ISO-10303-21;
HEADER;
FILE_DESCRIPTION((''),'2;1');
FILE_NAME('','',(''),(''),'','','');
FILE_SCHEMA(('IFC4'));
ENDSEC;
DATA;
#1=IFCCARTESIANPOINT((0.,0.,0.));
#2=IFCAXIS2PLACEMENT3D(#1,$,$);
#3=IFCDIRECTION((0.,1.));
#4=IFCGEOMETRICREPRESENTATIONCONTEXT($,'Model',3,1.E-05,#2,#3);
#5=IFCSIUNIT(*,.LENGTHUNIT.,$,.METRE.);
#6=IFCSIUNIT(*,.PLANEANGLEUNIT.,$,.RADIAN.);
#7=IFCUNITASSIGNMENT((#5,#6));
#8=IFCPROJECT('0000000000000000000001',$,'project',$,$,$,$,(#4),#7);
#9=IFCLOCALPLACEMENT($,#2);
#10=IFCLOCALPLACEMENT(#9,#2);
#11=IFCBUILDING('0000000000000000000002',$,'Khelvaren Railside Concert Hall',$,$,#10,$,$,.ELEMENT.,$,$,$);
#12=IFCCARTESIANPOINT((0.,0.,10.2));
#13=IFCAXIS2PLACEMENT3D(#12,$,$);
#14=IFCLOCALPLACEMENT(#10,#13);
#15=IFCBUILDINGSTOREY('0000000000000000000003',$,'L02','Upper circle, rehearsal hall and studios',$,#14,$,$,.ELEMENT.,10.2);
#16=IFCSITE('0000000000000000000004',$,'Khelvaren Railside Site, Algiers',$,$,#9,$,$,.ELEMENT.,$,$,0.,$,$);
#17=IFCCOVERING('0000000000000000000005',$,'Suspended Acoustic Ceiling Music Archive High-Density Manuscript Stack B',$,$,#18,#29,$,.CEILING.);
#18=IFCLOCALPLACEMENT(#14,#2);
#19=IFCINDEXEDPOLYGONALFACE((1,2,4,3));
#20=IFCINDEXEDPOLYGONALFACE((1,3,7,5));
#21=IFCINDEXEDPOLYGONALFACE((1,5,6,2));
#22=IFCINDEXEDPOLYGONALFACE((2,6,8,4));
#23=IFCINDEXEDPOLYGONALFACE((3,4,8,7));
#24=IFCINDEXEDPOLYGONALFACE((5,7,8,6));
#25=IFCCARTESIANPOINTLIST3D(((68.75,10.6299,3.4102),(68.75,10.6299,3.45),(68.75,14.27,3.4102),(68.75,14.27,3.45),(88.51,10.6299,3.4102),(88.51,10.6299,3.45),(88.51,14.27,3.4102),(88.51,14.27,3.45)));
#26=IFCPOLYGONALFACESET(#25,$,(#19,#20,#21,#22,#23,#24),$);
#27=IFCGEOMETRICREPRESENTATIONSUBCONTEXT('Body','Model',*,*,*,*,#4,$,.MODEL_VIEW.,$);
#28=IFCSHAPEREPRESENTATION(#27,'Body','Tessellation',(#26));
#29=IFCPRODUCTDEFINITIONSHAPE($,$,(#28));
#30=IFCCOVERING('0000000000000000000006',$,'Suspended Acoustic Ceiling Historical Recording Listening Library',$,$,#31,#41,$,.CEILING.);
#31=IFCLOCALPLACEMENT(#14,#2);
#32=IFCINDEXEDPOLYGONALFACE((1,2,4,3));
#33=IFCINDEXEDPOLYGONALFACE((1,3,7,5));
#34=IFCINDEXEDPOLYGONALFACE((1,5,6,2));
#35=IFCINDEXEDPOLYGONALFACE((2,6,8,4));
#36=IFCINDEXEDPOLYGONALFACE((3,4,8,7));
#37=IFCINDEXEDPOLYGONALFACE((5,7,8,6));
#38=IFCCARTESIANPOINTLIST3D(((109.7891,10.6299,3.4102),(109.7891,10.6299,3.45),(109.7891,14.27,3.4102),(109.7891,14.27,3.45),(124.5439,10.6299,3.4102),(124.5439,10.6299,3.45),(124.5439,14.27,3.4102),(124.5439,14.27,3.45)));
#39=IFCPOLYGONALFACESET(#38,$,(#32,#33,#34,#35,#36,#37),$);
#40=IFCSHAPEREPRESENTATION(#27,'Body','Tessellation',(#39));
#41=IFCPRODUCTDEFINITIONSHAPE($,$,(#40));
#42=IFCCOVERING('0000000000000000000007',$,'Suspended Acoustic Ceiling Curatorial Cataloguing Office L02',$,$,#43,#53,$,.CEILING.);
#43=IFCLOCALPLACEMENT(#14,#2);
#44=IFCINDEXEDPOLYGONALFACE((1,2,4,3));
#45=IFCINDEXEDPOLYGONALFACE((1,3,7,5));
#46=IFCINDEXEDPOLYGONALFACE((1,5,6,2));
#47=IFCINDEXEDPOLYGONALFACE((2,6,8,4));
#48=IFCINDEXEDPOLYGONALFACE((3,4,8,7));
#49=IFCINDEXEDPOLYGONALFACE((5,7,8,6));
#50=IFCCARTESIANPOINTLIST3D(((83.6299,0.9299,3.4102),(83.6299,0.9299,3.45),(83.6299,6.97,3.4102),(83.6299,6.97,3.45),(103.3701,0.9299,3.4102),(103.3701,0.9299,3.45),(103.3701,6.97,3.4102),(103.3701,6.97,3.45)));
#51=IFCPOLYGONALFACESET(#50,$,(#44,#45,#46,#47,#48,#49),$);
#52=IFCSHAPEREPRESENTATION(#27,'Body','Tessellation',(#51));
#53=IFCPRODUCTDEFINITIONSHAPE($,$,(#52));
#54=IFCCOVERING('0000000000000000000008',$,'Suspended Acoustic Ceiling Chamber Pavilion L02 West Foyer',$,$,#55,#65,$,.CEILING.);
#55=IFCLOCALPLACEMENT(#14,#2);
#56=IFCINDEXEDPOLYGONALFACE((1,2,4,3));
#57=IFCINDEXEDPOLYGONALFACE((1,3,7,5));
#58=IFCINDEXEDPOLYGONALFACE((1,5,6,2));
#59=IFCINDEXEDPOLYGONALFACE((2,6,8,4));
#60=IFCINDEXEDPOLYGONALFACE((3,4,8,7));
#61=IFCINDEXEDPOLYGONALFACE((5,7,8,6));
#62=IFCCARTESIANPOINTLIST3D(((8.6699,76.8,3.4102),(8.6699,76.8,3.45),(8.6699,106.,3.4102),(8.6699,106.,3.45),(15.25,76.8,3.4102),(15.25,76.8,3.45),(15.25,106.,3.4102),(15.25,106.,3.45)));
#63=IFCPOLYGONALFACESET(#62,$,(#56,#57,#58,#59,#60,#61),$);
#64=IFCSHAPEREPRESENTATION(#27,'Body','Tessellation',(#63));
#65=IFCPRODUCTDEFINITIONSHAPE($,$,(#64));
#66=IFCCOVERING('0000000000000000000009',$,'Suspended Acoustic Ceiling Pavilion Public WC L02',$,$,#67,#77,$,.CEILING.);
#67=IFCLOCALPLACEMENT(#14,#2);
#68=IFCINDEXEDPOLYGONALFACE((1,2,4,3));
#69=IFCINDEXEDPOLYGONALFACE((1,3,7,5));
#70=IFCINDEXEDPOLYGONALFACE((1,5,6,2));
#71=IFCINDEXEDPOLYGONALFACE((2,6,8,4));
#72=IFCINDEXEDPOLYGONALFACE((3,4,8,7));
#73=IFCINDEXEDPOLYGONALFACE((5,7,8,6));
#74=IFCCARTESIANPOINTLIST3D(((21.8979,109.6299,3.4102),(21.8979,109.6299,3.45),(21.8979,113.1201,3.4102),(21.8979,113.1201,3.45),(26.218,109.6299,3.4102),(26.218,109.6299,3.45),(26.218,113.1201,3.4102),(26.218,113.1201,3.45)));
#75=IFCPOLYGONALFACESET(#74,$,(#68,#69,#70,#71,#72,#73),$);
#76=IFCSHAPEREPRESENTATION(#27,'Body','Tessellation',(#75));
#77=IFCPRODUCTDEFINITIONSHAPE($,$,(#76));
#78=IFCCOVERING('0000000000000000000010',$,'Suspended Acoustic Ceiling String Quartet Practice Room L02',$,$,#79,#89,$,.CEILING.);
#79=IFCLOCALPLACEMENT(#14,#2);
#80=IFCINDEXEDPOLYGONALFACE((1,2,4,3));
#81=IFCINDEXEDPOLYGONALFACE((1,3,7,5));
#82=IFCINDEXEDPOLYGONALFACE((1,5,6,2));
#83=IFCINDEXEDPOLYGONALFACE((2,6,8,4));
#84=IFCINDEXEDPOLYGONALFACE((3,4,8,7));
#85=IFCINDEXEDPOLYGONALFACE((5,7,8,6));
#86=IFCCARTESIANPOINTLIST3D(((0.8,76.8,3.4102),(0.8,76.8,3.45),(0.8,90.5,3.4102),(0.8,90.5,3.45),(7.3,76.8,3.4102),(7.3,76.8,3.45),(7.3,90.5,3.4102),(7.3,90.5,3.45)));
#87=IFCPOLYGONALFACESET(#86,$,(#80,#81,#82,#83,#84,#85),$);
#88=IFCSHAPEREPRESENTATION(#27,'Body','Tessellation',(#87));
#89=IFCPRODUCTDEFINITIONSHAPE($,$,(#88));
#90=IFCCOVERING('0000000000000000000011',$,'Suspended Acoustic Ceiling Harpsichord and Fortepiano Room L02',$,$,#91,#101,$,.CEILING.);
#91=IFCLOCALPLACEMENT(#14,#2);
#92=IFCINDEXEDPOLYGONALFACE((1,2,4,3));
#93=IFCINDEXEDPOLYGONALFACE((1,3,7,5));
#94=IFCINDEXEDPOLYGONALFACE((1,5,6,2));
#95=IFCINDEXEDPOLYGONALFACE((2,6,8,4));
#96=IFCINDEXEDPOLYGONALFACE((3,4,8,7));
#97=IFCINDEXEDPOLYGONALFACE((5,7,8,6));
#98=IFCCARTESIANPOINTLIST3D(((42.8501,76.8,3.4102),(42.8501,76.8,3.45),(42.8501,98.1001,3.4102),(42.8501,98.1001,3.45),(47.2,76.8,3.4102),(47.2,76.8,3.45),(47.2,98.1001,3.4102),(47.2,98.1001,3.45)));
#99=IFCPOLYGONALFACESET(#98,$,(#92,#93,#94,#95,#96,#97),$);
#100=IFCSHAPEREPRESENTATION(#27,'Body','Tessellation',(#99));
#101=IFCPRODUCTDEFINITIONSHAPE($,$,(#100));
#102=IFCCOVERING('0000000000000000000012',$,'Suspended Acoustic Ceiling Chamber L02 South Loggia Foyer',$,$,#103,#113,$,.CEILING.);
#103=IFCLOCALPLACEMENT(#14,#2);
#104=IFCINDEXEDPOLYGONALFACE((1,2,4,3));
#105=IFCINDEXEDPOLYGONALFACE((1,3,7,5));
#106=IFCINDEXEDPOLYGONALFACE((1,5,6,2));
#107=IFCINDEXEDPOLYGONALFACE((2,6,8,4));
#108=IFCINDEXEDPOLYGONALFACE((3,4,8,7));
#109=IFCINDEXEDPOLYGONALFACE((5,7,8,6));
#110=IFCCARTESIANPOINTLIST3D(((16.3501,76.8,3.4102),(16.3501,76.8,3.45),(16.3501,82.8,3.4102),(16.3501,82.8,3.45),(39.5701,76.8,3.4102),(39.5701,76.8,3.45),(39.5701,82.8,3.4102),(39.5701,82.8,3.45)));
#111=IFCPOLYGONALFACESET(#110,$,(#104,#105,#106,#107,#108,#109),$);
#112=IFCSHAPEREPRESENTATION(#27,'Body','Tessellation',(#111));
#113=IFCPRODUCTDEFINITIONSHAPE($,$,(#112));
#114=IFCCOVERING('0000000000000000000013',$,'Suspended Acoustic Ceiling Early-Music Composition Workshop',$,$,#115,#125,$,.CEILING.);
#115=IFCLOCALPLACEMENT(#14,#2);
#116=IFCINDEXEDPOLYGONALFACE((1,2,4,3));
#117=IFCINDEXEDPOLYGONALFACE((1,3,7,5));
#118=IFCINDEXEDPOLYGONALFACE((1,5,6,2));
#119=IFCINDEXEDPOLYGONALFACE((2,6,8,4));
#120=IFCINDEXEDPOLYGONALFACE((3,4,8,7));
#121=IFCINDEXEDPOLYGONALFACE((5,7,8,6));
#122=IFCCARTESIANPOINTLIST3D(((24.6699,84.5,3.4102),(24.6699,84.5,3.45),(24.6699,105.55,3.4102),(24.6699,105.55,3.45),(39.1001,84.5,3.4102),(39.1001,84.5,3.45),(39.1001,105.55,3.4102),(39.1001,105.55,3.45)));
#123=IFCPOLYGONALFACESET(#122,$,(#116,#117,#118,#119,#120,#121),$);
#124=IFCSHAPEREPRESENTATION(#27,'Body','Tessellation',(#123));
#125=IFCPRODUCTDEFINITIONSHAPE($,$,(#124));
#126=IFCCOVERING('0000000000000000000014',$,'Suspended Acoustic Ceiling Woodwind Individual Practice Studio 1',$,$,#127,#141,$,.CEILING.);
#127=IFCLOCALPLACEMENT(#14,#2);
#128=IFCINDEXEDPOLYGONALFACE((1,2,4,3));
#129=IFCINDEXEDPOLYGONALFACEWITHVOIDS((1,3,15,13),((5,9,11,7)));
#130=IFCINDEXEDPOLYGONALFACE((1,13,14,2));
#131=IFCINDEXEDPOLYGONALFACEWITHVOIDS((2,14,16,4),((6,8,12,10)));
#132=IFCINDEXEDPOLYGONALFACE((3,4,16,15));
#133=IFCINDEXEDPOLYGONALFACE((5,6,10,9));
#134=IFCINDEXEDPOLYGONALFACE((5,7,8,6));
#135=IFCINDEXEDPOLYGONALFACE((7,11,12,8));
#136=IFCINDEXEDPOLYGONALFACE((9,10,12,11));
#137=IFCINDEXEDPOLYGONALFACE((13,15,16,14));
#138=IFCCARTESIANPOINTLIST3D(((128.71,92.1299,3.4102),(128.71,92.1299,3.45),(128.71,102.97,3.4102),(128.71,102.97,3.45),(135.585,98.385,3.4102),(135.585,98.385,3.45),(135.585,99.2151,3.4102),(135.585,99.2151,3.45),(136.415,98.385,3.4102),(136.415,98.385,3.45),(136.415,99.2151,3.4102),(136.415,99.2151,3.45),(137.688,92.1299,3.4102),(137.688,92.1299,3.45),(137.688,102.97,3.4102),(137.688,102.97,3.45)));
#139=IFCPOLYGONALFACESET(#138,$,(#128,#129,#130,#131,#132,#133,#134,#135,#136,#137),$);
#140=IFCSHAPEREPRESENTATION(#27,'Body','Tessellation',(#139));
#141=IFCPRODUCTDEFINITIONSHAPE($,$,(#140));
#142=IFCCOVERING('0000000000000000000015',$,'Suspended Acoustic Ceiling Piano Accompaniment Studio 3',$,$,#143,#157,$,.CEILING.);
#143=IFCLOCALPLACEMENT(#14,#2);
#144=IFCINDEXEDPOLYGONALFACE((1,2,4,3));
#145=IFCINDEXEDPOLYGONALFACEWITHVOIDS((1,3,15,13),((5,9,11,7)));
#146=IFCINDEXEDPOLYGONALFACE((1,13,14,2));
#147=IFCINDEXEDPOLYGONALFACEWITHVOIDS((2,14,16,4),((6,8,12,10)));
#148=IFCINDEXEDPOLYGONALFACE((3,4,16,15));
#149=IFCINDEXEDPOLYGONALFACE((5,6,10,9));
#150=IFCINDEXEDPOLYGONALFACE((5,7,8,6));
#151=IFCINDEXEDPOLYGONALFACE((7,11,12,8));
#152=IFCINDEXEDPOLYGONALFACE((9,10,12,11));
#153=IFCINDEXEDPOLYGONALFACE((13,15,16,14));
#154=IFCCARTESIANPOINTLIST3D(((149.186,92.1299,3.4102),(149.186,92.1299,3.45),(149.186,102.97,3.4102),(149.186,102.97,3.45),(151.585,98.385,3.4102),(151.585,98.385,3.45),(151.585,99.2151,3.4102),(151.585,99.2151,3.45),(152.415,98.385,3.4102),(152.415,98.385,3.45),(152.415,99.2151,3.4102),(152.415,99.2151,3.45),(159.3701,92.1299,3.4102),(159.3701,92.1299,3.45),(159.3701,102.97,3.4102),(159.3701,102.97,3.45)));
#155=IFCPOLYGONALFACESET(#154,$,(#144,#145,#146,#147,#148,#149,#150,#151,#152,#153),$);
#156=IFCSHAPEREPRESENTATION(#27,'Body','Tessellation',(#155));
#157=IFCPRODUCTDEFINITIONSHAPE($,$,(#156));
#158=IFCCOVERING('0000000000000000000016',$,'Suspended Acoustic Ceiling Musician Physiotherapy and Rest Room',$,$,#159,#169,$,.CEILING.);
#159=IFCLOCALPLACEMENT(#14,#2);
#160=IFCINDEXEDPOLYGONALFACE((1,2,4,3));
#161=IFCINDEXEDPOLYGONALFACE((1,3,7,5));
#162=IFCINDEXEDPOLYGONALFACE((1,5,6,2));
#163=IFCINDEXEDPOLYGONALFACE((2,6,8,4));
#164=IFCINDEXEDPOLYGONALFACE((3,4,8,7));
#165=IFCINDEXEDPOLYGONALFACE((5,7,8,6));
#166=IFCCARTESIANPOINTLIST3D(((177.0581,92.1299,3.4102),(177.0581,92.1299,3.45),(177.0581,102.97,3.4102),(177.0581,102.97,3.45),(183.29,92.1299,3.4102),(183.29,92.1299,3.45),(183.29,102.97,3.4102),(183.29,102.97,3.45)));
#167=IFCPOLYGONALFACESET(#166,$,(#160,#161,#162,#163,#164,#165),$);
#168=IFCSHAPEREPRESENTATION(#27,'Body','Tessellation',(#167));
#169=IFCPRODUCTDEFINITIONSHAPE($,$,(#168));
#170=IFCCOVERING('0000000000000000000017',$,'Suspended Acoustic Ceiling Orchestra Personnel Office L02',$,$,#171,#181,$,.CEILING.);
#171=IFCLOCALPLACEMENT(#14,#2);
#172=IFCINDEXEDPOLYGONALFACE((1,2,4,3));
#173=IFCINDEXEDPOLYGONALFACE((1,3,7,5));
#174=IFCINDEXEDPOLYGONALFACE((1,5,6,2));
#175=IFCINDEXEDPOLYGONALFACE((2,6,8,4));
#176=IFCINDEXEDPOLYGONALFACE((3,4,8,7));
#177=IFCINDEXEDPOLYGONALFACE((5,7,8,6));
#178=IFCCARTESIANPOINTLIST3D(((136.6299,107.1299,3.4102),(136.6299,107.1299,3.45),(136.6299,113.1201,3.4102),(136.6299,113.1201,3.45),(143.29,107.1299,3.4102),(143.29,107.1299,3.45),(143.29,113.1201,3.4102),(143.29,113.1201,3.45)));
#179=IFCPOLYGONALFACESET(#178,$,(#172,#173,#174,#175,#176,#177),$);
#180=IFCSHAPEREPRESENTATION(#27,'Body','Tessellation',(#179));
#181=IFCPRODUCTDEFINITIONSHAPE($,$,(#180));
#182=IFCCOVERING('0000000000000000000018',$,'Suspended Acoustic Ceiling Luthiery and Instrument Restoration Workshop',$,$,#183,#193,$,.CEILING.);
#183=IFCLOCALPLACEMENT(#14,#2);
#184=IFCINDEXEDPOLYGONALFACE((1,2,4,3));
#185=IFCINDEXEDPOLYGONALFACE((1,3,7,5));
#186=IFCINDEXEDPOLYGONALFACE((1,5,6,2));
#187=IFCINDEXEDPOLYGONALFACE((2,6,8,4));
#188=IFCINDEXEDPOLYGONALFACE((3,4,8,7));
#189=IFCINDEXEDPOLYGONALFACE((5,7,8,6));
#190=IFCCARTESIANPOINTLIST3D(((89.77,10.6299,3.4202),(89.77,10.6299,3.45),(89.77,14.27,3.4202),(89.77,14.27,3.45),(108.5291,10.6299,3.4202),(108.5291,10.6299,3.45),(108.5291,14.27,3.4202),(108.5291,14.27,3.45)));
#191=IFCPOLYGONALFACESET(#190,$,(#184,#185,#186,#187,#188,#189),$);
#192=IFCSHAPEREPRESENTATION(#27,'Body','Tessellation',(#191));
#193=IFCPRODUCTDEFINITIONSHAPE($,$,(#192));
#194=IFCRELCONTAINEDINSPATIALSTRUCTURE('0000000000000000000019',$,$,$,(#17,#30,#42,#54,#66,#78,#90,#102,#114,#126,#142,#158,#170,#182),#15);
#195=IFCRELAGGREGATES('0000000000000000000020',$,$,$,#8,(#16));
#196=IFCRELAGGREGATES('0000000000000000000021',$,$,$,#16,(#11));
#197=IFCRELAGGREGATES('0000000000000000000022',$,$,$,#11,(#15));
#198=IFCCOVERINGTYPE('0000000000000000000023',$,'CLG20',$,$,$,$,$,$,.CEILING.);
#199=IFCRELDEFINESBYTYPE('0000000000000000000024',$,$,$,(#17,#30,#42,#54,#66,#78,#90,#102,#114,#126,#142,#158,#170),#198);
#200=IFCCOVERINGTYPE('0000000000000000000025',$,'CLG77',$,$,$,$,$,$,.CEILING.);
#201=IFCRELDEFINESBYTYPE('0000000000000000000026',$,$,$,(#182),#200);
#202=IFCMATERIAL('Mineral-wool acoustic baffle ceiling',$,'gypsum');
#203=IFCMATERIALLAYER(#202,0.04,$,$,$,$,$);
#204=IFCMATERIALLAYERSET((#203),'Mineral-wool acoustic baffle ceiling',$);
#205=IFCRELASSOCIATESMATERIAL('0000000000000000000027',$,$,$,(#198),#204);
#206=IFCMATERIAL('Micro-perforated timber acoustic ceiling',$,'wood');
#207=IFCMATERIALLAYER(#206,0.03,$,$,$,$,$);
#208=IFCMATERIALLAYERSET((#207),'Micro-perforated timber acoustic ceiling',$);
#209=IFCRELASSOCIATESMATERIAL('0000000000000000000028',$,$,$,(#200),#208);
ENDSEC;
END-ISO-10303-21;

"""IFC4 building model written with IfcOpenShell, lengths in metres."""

from ifc_helpers import new_model, si_unit, direction, frame, origin, place, context, subcontext, project, spatial, polyline, outline, extrude, material, layer, layer_set, type_object, element, save


model = new_model("IFC4")

# Units and contexts
model_context = context("Model", 3, precision=1e-05, world=origin(), true_north=direction((0.0, 1.0)))
body_context = subcontext(model_context, "Body", "Model", "MODEL_VIEW")
ifc_project = project(units=[si_unit("LENGTHUNIT", "METRE"), si_unit("PLANEANGLEUNIT", "RADIAN")], contexts=[model_context])

# Site, building, storey
site_placement = place(None, origin())
site = spatial("IfcSite", under=ifc_project, at=site_placement, Name="Khelvaren Railside Site, Algiers", CompositionType="ELEMENT", RefElevation=0.0)
building_placement = place(site_placement, origin())
building = spatial("IfcBuilding", under=site, at=building_placement, Name="Khelvaren Railside Concert Hall", CompositionType="ELEMENT")
storey_placement = place(building_placement, frame((0.0, 0.0, 10.2)))
storey = spatial("IfcBuildingStorey", under=building, at=storey_placement, Name="L02", Description="Upper circle, rehearsal hall and studios", CompositionType="ELEMENT", Elevation=10.2)

# Coverings
ifc_material_1 = material(Name="Mineral-wool acoustic baffle ceiling", Category="gypsum")
ifc_layer_1 = layer(ifc_material_1, 0.04)
ifc_layer_set_1 = layer_set([ifc_layer_1], Name="Mineral-wool acoustic baffle ceiling")
covering_type_1 = type_object("IfcCoveringType", Name="CLG20", PredefinedType="CEILING", material=ifc_layer_set_1)
covering_1_placement = place(storey_placement, frame((0.0, 0.0, 3.4102)))
element("IfcCovering", 1, at=covering_1_placement, inside=storey, type_object=covering_type_1, Name="Suspended Acoustic Ceiling Music Archive High-Density Manuscript Stack B", PredefinedType="CEILING", context=body_context, shape_type="SweptSolid", body=[
    extrude(outline(polyline([(68.75, 10.6299), (88.51, 10.6299), (88.51, 14.27), (68.75, 14.27), (68.75, 10.6299)])), origin(), (0.0, 0.0, 1.0), 0.0398),
])
covering_2_placement = place(storey_placement, frame((0.0, 0.0, 3.4102)))
element("IfcCovering", 2, at=covering_2_placement, inside=storey, type_object=covering_type_1, Name="Suspended Acoustic Ceiling Historical Recording Listening Library", PredefinedType="CEILING", context=body_context, shape_type="SweptSolid", body=[
    extrude(outline(polyline([(109.7891, 10.6299), (124.5439, 10.6299), (124.5439, 14.27), (109.7891, 14.27), (109.7891, 10.6299)])), origin(), (0.0, 0.0, 1.0), 0.0398),
])
covering_3_placement = place(storey_placement, frame((0.0, 0.0, 3.4102)))
element("IfcCovering", 3, at=covering_3_placement, inside=storey, type_object=covering_type_1, Name="Suspended Acoustic Ceiling Curatorial Cataloguing Office L02", PredefinedType="CEILING", context=body_context, shape_type="SweptSolid", body=[
    extrude(outline(polyline([(83.6299, 0.9299), (103.3701, 0.9299), (103.3701, 6.97), (83.6299, 6.97), (83.6299, 0.9299)])), origin(), (0.0, 0.0, 1.0), 0.0398),
])
covering_4_placement = place(storey_placement, frame((0.0, 0.0, 3.4102)))
element("IfcCovering", 4, at=covering_4_placement, inside=storey, type_object=covering_type_1, Name="Suspended Acoustic Ceiling Chamber Pavilion L02 West Foyer", PredefinedType="CEILING", context=body_context, shape_type="SweptSolid", body=[
    extrude(outline(polyline([(8.6699, 76.8), (15.25, 76.8), (15.25, 106.0), (8.6699, 106.0), (8.6699, 76.8)])), origin(), (0.0, 0.0, 1.0), 0.0398),
])
covering_5_placement = place(storey_placement, frame((0.0, 0.0, 3.4102)))
element("IfcCovering", 5, at=covering_5_placement, inside=storey, type_object=covering_type_1, Name="Suspended Acoustic Ceiling Pavilion Public WC L02", PredefinedType="CEILING", context=body_context, shape_type="SweptSolid", body=[
    extrude(outline(polyline([(21.8979, 109.6299), (26.218, 109.6299), (26.218, 113.1201), (21.8979, 113.1201), (21.8979, 109.6299)])), origin(), (0.0, 0.0, 1.0), 0.0398),
])
covering_6_placement = place(storey_placement, frame((0.0, 0.0, 3.4102)))
element("IfcCovering", 6, at=covering_6_placement, inside=storey, type_object=covering_type_1, Name="Suspended Acoustic Ceiling String Quartet Practice Room L02", PredefinedType="CEILING", context=body_context, shape_type="SweptSolid", body=[
    extrude(outline(polyline([(0.8, 76.8), (7.3, 76.8), (7.3, 90.5), (0.8, 90.5), (0.8, 76.8)])), origin(), (0.0, 0.0, 1.0), 0.0398),
])
covering_7_placement = place(storey_placement, frame((0.0, 0.0, 3.4102)))
element("IfcCovering", 7, at=covering_7_placement, inside=storey, type_object=covering_type_1, Name="Suspended Acoustic Ceiling Harpsichord and Fortepiano Room L02", PredefinedType="CEILING", context=body_context, shape_type="SweptSolid", body=[
    extrude(outline(polyline([(42.8501, 76.8), (47.2, 76.8), (47.2, 98.1001), (42.8501, 98.1001), (42.8501, 76.8)])), origin(), (0.0, 0.0, 1.0), 0.0398),
])
covering_8_placement = place(storey_placement, frame((0.0, 0.0, 3.4102)))
element("IfcCovering", 8, at=covering_8_placement, inside=storey, type_object=covering_type_1, Name="Suspended Acoustic Ceiling Chamber L02 South Loggia Foyer", PredefinedType="CEILING", context=body_context, shape_type="SweptSolid", body=[
    extrude(outline(polyline([(16.3501, 76.8), (39.5701, 76.8), (39.5701, 82.8), (16.3501, 82.8), (16.3501, 76.8)])), origin(), (0.0, 0.0, 1.0), 0.0398),
])
covering_9_placement = place(storey_placement, frame((0.0, 0.0, 3.4102)))
element("IfcCovering", 9, at=covering_9_placement, inside=storey, type_object=covering_type_1, Name="Suspended Acoustic Ceiling Early-Music Composition Workshop", PredefinedType="CEILING", context=body_context, shape_type="SweptSolid", body=[
    extrude(outline(polyline([(24.6699, 84.5), (39.1001, 84.5), (39.1001, 105.55), (24.6699, 105.55), (24.6699, 84.5)])), origin(), (0.0, 0.0, 1.0), 0.0398),
])
covering_10_placement = place(storey_placement, frame((0.0, 0.0, 3.4102)))
element("IfcCovering", 10, at=covering_10_placement, inside=storey, type_object=covering_type_1, Name="Suspended Acoustic Ceiling Woodwind Individual Practice Studio 1", PredefinedType="CEILING", context=body_context, shape_type="SweptSolid", body=[
    extrude(outline(polyline([(128.71, 92.1299), (137.688, 92.1299), (137.688, 102.97), (128.71, 102.97), (128.71, 92.1299)]), holes=[polyline([(135.585, 98.385), (136.415, 98.385), (136.415, 99.2151), (135.585, 99.2151), (135.585, 98.385)])]), origin(), (0.0, 0.0, 1.0), 0.0398),
])
covering_11_placement = place(storey_placement, frame((0.0, 0.0, 3.4102)))
element("IfcCovering", 11, at=covering_11_placement, inside=storey, type_object=covering_type_1, Name="Suspended Acoustic Ceiling Piano Accompaniment Studio 3", PredefinedType="CEILING", context=body_context, shape_type="SweptSolid", body=[
    extrude(outline(polyline([(149.186, 92.1299), (159.3701, 92.1299), (159.3701, 102.97), (149.186, 102.97), (149.186, 92.1299)]), holes=[polyline([(151.585, 98.385), (152.415, 98.385), (152.415, 99.2151), (151.585, 99.2151), (151.585, 98.385)])]), origin(), (0.0, 0.0, 1.0), 0.0398),
])
covering_12_placement = place(storey_placement, frame((0.0, 0.0, 3.4102)))
element("IfcCovering", 12, at=covering_12_placement, inside=storey, type_object=covering_type_1, Name="Suspended Acoustic Ceiling Musician Physiotherapy and Rest Room", PredefinedType="CEILING", context=body_context, shape_type="SweptSolid", body=[
    extrude(outline(polyline([(177.0581, 92.1299), (183.29, 92.1299), (183.29, 102.97), (177.0581, 102.97), (177.0581, 92.1299)])), origin(), (0.0, 0.0, 1.0), 0.0398),
])
covering_13_placement = place(storey_placement, frame((0.0, 0.0, 3.4102)))
element("IfcCovering", 13, at=covering_13_placement, inside=storey, type_object=covering_type_1, Name="Suspended Acoustic Ceiling Orchestra Personnel Office L02", PredefinedType="CEILING", context=body_context, shape_type="SweptSolid", body=[
    extrude(outline(polyline([(136.6299, 107.1299), (143.29, 107.1299), (143.29, 113.1201), (136.6299, 113.1201), (136.6299, 107.1299)])), origin(), (0.0, 0.0, 1.0), 0.0398),
])
ifc_material_2 = material(Name="Micro-perforated timber acoustic ceiling", Category="wood")
ifc_layer_2 = layer(ifc_material_2, 0.03)
ifc_layer_set_2 = layer_set([ifc_layer_2], Name="Micro-perforated timber acoustic ceiling")
covering_type_2 = type_object("IfcCoveringType", Name="CLG77", PredefinedType="CEILING", material=ifc_layer_set_2)
covering_14_placement = place(storey_placement, frame((0.0, 0.0, 3.4202)))
element("IfcCovering", 14, at=covering_14_placement, inside=storey, type_object=covering_type_2, Name="Suspended Acoustic Ceiling Luthiery and Instrument Restoration Workshop", PredefinedType="CEILING", context=body_context, shape_type="SweptSolid", body=[
    extrude(outline(polyline([(89.77, 10.6299), (108.5291, 10.6299), (108.5291, 14.27), (89.77, 14.27), (89.77, 10.6299)])), origin(), (0.0, 0.0, 1.0), 0.0298),
])

save(model, "model.ifc")
